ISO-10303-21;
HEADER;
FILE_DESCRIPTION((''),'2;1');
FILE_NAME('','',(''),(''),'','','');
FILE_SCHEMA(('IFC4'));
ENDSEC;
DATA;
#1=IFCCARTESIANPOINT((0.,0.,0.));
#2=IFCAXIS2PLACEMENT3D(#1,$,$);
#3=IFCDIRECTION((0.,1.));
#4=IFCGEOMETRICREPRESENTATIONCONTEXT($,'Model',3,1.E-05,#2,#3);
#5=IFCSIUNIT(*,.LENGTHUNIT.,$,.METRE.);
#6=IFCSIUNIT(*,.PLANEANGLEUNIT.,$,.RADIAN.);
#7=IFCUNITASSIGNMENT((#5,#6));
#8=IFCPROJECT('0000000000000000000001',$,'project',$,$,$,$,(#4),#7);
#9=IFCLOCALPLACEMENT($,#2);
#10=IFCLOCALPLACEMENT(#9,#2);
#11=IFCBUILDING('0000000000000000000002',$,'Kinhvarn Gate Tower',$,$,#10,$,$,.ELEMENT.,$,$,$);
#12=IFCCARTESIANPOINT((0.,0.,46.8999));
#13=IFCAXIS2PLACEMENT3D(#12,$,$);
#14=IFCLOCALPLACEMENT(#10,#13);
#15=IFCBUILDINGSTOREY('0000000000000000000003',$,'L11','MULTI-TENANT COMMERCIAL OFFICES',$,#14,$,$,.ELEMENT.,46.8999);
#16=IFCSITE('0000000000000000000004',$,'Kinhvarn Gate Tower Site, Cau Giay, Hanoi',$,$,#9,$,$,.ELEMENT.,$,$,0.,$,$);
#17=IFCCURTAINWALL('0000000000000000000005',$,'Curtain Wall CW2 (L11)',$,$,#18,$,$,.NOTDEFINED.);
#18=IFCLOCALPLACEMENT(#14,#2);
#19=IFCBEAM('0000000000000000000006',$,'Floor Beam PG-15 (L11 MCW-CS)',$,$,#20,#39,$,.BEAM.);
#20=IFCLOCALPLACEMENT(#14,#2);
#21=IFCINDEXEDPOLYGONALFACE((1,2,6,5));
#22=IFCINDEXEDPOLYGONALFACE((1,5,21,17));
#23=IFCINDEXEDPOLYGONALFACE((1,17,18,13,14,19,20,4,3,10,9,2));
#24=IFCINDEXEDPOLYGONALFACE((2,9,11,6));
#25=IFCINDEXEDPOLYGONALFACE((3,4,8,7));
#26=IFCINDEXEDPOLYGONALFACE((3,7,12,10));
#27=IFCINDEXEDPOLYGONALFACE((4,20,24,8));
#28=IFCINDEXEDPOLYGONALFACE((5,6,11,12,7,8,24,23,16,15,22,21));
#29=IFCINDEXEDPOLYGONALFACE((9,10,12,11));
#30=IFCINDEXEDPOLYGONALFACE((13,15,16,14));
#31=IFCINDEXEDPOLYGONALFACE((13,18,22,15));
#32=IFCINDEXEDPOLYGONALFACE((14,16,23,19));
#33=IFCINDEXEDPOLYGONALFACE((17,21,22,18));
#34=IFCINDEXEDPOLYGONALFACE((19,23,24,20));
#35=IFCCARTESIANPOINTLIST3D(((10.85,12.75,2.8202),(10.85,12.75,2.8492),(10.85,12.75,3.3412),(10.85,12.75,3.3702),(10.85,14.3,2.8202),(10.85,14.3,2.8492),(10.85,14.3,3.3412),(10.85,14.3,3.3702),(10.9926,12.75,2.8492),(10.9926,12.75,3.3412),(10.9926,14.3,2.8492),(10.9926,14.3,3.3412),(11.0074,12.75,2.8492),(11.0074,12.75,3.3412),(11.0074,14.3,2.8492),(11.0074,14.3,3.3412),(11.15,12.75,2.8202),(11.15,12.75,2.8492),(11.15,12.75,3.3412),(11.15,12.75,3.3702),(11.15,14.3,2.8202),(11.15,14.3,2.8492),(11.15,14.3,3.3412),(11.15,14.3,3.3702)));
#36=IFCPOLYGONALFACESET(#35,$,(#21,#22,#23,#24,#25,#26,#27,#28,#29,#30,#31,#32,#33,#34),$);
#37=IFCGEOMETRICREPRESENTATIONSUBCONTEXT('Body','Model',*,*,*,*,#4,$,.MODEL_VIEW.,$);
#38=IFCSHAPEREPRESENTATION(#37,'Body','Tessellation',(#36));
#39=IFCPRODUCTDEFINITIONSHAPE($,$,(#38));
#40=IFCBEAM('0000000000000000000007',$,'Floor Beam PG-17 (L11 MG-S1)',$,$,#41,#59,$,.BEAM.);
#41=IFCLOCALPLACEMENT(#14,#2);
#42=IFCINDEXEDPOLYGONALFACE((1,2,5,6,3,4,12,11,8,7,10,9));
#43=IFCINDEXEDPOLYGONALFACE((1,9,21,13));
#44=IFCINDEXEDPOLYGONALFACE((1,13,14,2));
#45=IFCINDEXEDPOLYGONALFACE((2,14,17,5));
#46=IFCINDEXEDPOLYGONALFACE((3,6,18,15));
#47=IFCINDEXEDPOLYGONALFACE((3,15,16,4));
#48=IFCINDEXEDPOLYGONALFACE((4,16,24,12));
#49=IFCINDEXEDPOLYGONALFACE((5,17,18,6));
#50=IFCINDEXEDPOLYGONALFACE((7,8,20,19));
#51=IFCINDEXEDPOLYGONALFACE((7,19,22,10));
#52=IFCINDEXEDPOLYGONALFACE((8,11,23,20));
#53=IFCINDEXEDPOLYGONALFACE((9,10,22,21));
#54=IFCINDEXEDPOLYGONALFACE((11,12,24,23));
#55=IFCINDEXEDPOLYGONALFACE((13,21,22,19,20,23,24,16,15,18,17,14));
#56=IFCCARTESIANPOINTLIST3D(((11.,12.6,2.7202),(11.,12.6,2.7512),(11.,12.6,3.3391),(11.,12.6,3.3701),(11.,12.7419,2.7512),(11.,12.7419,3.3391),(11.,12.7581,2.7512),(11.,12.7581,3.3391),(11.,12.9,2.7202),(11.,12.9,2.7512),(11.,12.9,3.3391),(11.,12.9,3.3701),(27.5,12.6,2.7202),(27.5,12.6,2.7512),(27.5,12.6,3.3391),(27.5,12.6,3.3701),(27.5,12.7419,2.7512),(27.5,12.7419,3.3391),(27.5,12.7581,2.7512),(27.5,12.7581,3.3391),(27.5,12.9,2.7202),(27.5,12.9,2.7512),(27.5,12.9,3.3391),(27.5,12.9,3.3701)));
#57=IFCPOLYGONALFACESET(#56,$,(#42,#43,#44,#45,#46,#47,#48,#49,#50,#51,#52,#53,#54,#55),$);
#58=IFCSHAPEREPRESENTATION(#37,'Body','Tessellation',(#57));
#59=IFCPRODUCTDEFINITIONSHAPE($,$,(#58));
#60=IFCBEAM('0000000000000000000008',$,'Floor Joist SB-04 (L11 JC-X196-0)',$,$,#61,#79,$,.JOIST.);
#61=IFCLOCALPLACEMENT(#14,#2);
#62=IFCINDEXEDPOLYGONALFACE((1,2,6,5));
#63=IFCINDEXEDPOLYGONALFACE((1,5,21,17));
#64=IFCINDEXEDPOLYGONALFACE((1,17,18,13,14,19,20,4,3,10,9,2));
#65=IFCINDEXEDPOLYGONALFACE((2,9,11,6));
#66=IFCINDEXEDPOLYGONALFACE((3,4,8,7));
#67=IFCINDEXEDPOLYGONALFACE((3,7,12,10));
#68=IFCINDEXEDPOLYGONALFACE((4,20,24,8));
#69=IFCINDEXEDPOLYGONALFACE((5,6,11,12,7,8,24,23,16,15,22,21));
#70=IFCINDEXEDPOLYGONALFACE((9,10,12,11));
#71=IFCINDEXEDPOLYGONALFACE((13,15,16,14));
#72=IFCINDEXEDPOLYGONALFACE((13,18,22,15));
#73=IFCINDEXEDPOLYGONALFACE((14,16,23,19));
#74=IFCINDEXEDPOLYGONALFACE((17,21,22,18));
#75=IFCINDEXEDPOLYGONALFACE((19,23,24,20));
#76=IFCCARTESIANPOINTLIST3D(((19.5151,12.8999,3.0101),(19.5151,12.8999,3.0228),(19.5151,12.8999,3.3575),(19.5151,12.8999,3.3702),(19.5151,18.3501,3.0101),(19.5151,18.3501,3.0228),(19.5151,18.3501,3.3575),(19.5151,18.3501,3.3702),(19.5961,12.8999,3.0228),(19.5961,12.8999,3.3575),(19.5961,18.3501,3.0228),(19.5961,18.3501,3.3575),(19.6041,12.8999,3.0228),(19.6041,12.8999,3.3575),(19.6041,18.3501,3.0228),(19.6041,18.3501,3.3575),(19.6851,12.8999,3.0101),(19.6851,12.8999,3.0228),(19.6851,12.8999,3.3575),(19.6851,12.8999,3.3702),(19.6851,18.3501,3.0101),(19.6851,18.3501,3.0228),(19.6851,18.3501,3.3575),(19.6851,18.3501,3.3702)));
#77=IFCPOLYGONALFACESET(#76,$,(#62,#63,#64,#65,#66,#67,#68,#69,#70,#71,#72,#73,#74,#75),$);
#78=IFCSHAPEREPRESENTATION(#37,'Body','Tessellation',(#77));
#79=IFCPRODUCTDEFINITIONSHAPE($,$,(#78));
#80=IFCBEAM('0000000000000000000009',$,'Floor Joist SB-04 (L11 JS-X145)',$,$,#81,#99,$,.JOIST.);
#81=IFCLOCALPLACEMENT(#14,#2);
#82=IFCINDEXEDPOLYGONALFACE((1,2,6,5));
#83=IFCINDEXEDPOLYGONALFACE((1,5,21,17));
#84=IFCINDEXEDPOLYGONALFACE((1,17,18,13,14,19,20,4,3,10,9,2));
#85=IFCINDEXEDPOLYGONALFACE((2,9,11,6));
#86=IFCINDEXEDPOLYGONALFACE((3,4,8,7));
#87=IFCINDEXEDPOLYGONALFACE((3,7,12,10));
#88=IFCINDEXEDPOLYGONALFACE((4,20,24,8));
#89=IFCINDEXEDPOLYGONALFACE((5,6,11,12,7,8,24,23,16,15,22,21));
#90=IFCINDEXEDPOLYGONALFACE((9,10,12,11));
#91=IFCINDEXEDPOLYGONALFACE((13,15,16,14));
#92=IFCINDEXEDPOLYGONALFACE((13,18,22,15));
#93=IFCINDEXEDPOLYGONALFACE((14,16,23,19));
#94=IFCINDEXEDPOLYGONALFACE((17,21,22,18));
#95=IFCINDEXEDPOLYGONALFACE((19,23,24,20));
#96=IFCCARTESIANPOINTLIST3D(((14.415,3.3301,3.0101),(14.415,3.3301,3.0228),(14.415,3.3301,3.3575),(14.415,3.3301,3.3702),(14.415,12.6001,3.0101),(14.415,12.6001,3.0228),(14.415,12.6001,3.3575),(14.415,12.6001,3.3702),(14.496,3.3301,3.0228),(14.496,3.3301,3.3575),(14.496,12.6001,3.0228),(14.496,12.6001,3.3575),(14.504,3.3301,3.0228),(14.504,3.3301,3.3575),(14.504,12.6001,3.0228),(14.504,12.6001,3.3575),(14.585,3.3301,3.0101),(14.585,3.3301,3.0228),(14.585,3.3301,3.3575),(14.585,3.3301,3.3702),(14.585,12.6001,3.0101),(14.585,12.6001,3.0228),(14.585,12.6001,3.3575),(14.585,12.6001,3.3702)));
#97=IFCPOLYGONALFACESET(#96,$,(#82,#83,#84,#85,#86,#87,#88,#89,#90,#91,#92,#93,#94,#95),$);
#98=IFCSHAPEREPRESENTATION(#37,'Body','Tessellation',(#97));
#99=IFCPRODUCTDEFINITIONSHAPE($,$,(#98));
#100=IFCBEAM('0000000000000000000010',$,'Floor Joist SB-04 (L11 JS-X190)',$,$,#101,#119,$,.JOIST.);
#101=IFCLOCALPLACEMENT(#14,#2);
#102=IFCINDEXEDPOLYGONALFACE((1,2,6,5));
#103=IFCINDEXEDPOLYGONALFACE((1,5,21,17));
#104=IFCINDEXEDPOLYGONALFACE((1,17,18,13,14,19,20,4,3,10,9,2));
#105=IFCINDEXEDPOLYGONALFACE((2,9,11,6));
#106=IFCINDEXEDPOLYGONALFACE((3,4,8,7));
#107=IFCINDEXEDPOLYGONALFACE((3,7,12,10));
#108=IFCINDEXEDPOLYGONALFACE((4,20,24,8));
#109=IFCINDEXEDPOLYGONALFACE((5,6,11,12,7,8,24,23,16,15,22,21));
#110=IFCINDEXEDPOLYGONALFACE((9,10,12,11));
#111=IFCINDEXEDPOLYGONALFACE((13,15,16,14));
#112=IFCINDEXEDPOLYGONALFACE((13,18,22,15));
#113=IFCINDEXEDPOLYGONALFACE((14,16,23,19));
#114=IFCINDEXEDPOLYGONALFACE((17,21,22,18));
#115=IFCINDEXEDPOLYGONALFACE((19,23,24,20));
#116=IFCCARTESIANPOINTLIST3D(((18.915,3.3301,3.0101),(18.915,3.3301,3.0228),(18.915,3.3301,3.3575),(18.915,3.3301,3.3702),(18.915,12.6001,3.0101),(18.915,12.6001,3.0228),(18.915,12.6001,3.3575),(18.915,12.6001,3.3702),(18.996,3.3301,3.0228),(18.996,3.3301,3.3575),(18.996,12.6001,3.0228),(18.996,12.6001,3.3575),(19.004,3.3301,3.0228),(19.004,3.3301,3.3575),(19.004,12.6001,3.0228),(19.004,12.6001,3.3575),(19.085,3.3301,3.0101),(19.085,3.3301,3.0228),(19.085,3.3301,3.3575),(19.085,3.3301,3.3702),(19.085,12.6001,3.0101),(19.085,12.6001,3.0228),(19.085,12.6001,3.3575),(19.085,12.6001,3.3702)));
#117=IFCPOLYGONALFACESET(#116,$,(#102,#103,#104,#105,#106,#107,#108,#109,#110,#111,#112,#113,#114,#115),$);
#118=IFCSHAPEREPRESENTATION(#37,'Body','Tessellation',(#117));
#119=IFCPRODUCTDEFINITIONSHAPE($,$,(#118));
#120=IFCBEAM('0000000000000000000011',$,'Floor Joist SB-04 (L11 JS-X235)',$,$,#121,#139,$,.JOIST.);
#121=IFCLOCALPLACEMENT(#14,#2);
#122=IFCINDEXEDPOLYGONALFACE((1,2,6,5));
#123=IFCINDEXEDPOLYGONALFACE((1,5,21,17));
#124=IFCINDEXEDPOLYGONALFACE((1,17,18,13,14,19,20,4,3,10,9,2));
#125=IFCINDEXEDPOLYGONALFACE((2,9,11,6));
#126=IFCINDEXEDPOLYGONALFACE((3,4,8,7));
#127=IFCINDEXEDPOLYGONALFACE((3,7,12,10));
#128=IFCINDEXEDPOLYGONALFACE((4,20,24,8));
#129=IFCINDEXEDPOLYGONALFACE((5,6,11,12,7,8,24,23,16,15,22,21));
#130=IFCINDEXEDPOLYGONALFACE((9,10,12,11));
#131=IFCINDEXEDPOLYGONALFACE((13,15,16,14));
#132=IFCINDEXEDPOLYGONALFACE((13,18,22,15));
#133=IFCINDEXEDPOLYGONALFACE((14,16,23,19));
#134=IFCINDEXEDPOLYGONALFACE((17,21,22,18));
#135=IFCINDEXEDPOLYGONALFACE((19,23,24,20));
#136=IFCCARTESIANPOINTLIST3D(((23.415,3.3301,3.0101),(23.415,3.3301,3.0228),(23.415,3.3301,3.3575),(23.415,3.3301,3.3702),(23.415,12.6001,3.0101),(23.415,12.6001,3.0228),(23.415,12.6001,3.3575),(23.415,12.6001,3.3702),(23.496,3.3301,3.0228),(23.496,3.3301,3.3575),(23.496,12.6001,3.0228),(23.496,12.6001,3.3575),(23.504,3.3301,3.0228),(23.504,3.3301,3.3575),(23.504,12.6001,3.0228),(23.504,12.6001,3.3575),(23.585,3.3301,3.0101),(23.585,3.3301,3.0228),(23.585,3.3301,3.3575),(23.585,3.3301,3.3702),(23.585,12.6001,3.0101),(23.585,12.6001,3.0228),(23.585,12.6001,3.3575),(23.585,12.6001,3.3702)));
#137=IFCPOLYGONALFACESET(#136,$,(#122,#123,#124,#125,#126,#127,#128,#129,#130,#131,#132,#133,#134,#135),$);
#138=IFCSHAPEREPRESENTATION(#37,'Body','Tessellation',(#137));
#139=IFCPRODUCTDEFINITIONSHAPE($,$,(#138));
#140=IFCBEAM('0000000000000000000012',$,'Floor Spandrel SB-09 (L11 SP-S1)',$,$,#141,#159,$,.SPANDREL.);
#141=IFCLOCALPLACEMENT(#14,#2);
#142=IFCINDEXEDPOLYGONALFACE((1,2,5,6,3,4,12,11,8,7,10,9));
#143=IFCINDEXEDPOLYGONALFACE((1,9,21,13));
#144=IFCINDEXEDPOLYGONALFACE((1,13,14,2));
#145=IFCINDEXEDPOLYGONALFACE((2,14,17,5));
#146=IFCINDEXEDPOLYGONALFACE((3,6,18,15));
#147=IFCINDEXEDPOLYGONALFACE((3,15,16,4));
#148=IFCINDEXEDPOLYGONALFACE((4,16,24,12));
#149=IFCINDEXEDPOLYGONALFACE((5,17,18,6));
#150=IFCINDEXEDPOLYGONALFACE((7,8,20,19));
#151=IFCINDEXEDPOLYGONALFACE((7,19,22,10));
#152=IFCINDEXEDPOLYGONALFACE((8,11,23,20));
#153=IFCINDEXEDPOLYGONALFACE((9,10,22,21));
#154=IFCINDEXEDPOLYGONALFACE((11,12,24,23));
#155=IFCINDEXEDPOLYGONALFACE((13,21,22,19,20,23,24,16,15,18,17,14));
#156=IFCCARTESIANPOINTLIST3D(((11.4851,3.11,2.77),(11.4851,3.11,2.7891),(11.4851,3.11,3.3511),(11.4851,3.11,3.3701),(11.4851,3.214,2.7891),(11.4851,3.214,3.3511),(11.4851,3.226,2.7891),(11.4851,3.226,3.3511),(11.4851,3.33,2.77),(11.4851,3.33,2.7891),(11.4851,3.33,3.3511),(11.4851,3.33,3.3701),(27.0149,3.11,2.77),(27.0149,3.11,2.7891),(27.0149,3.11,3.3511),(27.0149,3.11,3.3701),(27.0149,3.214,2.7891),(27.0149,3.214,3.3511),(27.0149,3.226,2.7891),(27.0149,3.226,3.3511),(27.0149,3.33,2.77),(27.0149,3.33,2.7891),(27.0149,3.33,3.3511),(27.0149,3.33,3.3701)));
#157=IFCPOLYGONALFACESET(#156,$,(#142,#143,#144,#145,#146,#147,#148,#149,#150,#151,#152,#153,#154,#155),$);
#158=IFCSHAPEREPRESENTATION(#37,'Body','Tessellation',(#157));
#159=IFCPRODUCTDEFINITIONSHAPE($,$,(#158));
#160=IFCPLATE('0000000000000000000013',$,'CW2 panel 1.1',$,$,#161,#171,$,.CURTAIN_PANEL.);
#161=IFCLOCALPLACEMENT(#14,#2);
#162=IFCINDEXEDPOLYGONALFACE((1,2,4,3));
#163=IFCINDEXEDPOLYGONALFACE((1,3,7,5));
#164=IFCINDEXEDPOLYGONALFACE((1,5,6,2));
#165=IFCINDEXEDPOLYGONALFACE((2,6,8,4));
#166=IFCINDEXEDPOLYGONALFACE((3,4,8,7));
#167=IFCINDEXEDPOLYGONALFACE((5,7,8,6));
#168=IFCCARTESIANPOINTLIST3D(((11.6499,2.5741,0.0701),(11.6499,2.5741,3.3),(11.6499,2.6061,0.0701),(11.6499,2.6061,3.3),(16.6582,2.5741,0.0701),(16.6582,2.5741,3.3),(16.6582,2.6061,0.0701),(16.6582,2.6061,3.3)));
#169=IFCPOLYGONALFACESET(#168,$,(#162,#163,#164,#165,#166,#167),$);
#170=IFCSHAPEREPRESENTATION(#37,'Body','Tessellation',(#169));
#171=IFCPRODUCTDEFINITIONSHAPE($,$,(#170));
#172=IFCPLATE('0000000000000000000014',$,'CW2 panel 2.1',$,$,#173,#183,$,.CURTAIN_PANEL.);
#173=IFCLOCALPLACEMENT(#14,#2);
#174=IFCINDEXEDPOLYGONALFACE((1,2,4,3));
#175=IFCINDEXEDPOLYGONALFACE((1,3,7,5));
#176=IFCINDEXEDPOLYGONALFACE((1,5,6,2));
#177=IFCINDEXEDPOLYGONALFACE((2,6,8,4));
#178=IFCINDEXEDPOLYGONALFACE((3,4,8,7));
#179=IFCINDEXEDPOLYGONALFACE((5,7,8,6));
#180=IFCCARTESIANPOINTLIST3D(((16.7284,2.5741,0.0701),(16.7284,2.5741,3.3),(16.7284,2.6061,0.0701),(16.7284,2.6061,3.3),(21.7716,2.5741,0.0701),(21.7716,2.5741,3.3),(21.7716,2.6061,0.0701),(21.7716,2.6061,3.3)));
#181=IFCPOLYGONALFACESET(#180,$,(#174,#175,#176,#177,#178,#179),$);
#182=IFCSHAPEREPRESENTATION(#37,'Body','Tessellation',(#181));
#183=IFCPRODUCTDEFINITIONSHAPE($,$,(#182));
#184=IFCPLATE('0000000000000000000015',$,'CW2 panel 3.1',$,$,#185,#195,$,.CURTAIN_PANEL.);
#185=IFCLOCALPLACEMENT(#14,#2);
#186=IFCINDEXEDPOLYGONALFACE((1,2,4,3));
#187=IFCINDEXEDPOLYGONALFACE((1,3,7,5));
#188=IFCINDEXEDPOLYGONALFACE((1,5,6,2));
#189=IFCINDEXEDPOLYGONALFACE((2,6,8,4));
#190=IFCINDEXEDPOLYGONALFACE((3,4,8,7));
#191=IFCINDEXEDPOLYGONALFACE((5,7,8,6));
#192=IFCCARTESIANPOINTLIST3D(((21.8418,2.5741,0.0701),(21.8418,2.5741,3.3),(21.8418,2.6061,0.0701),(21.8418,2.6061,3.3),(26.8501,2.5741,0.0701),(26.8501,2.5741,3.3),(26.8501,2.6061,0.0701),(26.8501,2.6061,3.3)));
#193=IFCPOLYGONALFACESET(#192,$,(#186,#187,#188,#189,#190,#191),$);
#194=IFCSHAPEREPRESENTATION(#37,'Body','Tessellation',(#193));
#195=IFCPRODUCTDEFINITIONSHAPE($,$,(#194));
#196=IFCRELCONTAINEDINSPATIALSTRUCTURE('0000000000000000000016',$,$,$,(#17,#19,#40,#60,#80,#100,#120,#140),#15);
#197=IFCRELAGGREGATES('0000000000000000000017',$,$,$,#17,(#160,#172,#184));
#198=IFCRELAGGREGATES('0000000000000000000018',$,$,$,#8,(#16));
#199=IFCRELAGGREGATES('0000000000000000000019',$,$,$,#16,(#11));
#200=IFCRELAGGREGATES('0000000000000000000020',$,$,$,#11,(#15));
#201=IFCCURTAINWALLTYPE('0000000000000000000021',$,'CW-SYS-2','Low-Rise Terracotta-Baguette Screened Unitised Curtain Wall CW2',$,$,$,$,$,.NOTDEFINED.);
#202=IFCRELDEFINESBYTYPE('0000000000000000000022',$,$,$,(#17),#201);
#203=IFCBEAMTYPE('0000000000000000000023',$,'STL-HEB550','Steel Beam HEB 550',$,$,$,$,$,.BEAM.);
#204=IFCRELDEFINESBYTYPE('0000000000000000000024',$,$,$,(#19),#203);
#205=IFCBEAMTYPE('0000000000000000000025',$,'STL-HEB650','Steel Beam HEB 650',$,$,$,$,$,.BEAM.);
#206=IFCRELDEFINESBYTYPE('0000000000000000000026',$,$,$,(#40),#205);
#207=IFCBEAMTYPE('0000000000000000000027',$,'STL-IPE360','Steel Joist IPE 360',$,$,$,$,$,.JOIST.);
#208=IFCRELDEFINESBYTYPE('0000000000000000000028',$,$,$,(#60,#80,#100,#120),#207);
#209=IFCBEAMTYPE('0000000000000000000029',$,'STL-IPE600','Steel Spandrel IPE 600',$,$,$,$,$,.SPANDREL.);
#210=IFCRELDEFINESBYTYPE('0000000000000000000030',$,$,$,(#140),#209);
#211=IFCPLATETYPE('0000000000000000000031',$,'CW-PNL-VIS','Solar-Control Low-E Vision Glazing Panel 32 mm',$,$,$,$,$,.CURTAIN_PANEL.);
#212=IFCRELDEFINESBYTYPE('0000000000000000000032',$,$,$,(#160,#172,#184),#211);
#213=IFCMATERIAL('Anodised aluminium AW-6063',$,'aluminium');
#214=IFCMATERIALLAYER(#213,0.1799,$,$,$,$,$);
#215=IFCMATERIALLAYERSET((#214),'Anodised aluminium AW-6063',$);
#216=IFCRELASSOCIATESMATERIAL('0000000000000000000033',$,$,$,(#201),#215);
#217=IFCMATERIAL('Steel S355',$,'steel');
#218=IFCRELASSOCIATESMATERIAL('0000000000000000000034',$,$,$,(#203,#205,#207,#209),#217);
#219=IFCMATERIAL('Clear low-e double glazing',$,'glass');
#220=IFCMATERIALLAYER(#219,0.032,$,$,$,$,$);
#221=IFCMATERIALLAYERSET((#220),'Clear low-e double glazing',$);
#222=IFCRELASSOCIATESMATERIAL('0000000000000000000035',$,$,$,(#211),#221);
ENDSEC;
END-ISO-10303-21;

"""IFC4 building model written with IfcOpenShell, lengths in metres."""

from ifc_helpers import new_model, si_unit, direction, frame, origin, origin_2d, place, context, subcontext, project, spatial, rectangle, i_section, extrude, material, layer, layer_set, material_profile, profile_set, type_object, element, aggregate, save


model = new_model("IFC4")

# Units and contexts
model_context = context("Model", 3, precision=1e-05, world=origin(), true_north=direction((0.0, 1.0)))
body_context = subcontext(model_context, "Body", "Model", "MODEL_VIEW")
ifc_project = project(units=[si_unit("LENGTHUNIT", "METRE"), si_unit("PLANEANGLEUNIT", "RADIAN")], contexts=[model_context])

# Site, building, storey
site_placement = place(None, origin())
site = spatial("IfcSite", under=ifc_project, at=site_placement, Name="Kinhvarn Gate Tower Site, Cau Giay, Hanoi", CompositionType="ELEMENT", RefElevation=0.0)
building_placement = place(site_placement, origin())
building = spatial("IfcBuilding", under=site, at=building_placement, Name="Kinhvarn Gate Tower", CompositionType="ELEMENT")
storey_placement = place(building_placement, frame((0.0, 0.0, 46.8999)))
storey = spatial("IfcBuildingStorey", under=building, at=storey_placement, Name="L11", Description="MULTI-TENANT COMMERCIAL OFFICES", CompositionType="ELEMENT", Elevation=46.8999)

# Shared definitions
ifc_material_1 = material(Name="Anodised aluminium AW-6063", Category="aluminium")
ifc_layer_1 = layer(ifc_material_1, 0.1799)
ifc_layer_set_1 = layer_set([ifc_layer_1], Name="Anodised aluminium AW-6063")
curtain_wall_type = type_object("IfcCurtainWallType", Name="CW-SYS-2", Description="Low-Rise Terracotta-Baguette Screened Unitised Curtain Wall CW2", PredefinedType="NOTDEFINED", material=ifc_layer_set_1)

# Curtain wall
curtain_wall_1_placement = place(storey_placement, origin())
curtain_wall_1 = element("IfcCurtainWall", 1, at=curtain_wall_1_placement, inside=storey, type_object=curtain_wall_type, Name="Curtain Wall CW2 (L11)", PredefinedType="NOTDEFINED")

# Beams
ifc_material_2 = material(Name="Steel S355", Category="steel")
ifc_material_profile_1 = material_profile(ifc_material_2, i_section(OverallWidth=0.3, OverallDepth=0.55, WebThickness=0.0149, FlangeThickness=0.0291, at=origin_2d()), Name="HEB 550")
ifc_profile_set_1 = profile_set([ifc_material_profile_1], Name="Steel S355")
beam_type_1 = type_object("IfcBeamType", Name="STL-HEB550", Description="Steel Beam HEB 550", PredefinedType="BEAM", material=ifc_profile_set_1)
beam_1_placement = place(storey_placement, frame((11.0, 12.75, 3.0952), z_axis=(0.0, 1.0, 0.0), x_axis=(-1.0, 0.0, 0.0)))
element("IfcBeam", 2, at=beam_1_placement, inside=storey, type_object=beam_type_1, Name="Floor Beam PG-15 (L11 MCW-CS)", PredefinedType="BEAM", context=body_context, shape_type="SweptSolid", body=[
    extrude(i_section(OverallWidth=0.3, OverallDepth=0.55, WebThickness=0.0149, FlangeThickness=0.0291, at=origin_2d()), origin(), (0.0, 0.0, 1.0), 1.55),
])
ifc_material_profile_2 = material_profile(ifc_material_2, i_section(OverallWidth=0.3, OverallDepth=0.6499, WebThickness=0.0161, FlangeThickness=0.031, at=origin_2d()), Name="HEB 650")
ifc_profile_set_2 = profile_set([ifc_material_profile_2], Name="Steel S355")
beam_type_2 = type_object("IfcBeamType", Name="STL-HEB650", Description="Steel Beam HEB 650", PredefinedType="BEAM", material=ifc_profile_set_2)
beam_2_placement = place(storey_placement, frame((11.0, 12.75, 3.0452), z_axis=(1.0, 0.0, 0.0), x_axis=(0.0, 1.0, 0.0)))
element("IfcBeam", 3, at=beam_2_placement, inside=storey, type_object=beam_type_2, Name="Floor Beam PG-17 (L11 MG-S1)", PredefinedType="BEAM", context=body_context, shape_type="SweptSolid", body=[
    extrude(i_section(OverallWidth=0.3, OverallDepth=0.6499, WebThickness=0.0161, FlangeThickness=0.031, at=origin_2d()), origin(), (0.0, 0.0, 1.0), 16.5),
])
ifc_material_profile_3 = material_profile(ifc_material_2, i_section(OverallWidth=0.1699, OverallDepth=0.3601, WebThickness=0.0081, FlangeThickness=0.0127, at=origin_2d()), Name="IPE 360")
ifc_profile_set_3 = profile_set([ifc_material_profile_3], Name="Steel S355")
beam_type_3 = type_object("IfcBeamType", Name="STL-IPE360", Description="Steel Joist IPE 360", PredefinedType="JOIST", material=ifc_profile_set_3)
beam_3_placement = place(storey_placement, frame((19.6001, 12.8999, 3.1902), z_axis=(0.0, 1.0, 0.0), x_axis=(-1.0, 0.0, 0.0)))
element("IfcBeam", 4, at=beam_3_placement, inside=storey, type_object=beam_type_3, Name="Floor Joist SB-04 (L11 JC-X196-0)", PredefinedType="JOIST", context=body_context, shape_type="SweptSolid", body=[
    extrude(i_section(OverallWidth=0.1699, OverallDepth=0.3601, WebThickness=0.0081, FlangeThickness=0.0127, at=origin_2d()), origin(), (0.0, 0.0, 1.0), 5.4502),
])
for number, where, z_axis, x_axis, name in (
    (5, (14.5, 3.3301, 3.1902), (0.0, 1.0, 0.0), (-1.0, 0.0, 0.0), "Floor Joist SB-04 (L11 JS-X145)"),
    (6, (19.0, 3.3301, 3.1902), (0.0, 1.0, 0.0), (-1.0, 0.0, 0.0), "Floor Joist SB-04 (L11 JS-X190)"),
    (7, (23.5, 3.3301, 3.1902), (0.0, 1.0, 0.0), (-1.0, 0.0, 0.0), "Floor Joist SB-04 (L11 JS-X235)"),
):
    element("IfcBeam", number, at=place(storey_placement, frame(where, z_axis=z_axis, x_axis=x_axis)), inside=storey, type_object=beam_type_3, Name=name, PredefinedType="JOIST", context=body_context, shape_type="SweptSolid", body=[
        extrude(i_section(OverallWidth=0.1699, OverallDepth=0.3601, WebThickness=0.0081, FlangeThickness=0.0127, at=origin_2d()), origin(), (0.0, 0.0, 1.0), 9.27),
    ])
ifc_material_profile_4 = material_profile(ifc_material_2, i_section(OverallWidth=0.22, OverallDepth=0.6001, WebThickness=0.012, FlangeThickness=0.019, at=origin_2d()), Name="IPE 600")
ifc_profile_set_4 = profile_set([ifc_material_profile_4], Name="Steel S355")
beam_type_4 = type_object("IfcBeamType", Name="STL-IPE600", Description="Steel Spandrel IPE 600", PredefinedType="SPANDREL", material=ifc_profile_set_4)
beam_4_placement = place(storey_placement, frame((11.4851, 3.22, 3.0701), z_axis=(1.0, 0.0, 0.0), x_axis=(0.0, 1.0, 0.0)))
element("IfcBeam", 8, at=beam_4_placement, inside=storey, type_object=beam_type_4, Name="Floor Spandrel SB-09 (L11 SP-S1)", PredefinedType="SPANDREL", context=body_context, shape_type="SweptSolid", body=[
    extrude(i_section(OverallWidth=0.22, OverallDepth=0.6001, WebThickness=0.012, FlangeThickness=0.019, at=origin_2d()), origin(), (0.0, 0.0, 1.0), 15.5298),
])

# Plates
ifc_material_3 = material(Name="Clear low-e double glazing", Category="glass")
ifc_layer_2 = layer(ifc_material_3, 0.032)
ifc_layer_set_2 = layer_set([ifc_layer_2], Name="Clear low-e double glazing")
plate_type = type_object("IfcPlateType", Name="CW-PNL-VIS", Description="Solar-Control Low-E Vision Glazing Panel 32 mm", PredefinedType="CURTAIN_PANEL", material=ifc_layer_set_2)
plate_1_placement = place(storey_placement, frame((14.1541, 2.5901, 0.0701), z_axis=(0.0, 0.0, 1.0), x_axis=(1.0, 0.0, 0.0)))
plate_1 = element("IfcPlate", 9, at=plate_1_placement, type_object=plate_type, Name="CW2 panel 1.1", PredefinedType="CURTAIN_PANEL", context=body_context, shape_type="SweptSolid", body=[
    extrude(rectangle(XDim=5.0083, YDim=0.032, at=origin_2d()), origin(), (0.0, 0.0, 1.0), 3.23),
])
plate_2_placement = place(storey_placement, frame((19.25, 2.5901, 0.0701), z_axis=(0.0, 0.0, 1.0), x_axis=(1.0, 0.0, 0.0)))
plate_2 = element("IfcPlate", 10, at=plate_2_placement, type_object=plate_type, Name="CW2 panel 2.1", PredefinedType="CURTAIN_PANEL", context=body_context, shape_type="SweptSolid", body=[
    extrude(rectangle(XDim=5.0432, YDim=0.032, at=origin_2d()), origin(), (0.0, 0.0, 1.0), 3.23),
])
plate_3_placement = place(storey_placement, frame((24.3459, 2.5901, 0.0701), z_axis=(0.0, 0.0, 1.0), x_axis=(1.0, 0.0, 0.0)))
plate_3 = element("IfcPlate", 11, at=plate_3_placement, type_object=plate_type, Name="CW2 panel 3.1", PredefinedType="CURTAIN_PANEL", context=body_context, shape_type="SweptSolid", body=[
    extrude(rectangle(XDim=5.0083, YDim=0.032, at=origin_2d()), origin(), (0.0, 0.0, 1.0), 3.23),
])
aggregate(curtain_wall_1, [plate_1, plate_2, plate_3])

save(model, "model.ifc")
